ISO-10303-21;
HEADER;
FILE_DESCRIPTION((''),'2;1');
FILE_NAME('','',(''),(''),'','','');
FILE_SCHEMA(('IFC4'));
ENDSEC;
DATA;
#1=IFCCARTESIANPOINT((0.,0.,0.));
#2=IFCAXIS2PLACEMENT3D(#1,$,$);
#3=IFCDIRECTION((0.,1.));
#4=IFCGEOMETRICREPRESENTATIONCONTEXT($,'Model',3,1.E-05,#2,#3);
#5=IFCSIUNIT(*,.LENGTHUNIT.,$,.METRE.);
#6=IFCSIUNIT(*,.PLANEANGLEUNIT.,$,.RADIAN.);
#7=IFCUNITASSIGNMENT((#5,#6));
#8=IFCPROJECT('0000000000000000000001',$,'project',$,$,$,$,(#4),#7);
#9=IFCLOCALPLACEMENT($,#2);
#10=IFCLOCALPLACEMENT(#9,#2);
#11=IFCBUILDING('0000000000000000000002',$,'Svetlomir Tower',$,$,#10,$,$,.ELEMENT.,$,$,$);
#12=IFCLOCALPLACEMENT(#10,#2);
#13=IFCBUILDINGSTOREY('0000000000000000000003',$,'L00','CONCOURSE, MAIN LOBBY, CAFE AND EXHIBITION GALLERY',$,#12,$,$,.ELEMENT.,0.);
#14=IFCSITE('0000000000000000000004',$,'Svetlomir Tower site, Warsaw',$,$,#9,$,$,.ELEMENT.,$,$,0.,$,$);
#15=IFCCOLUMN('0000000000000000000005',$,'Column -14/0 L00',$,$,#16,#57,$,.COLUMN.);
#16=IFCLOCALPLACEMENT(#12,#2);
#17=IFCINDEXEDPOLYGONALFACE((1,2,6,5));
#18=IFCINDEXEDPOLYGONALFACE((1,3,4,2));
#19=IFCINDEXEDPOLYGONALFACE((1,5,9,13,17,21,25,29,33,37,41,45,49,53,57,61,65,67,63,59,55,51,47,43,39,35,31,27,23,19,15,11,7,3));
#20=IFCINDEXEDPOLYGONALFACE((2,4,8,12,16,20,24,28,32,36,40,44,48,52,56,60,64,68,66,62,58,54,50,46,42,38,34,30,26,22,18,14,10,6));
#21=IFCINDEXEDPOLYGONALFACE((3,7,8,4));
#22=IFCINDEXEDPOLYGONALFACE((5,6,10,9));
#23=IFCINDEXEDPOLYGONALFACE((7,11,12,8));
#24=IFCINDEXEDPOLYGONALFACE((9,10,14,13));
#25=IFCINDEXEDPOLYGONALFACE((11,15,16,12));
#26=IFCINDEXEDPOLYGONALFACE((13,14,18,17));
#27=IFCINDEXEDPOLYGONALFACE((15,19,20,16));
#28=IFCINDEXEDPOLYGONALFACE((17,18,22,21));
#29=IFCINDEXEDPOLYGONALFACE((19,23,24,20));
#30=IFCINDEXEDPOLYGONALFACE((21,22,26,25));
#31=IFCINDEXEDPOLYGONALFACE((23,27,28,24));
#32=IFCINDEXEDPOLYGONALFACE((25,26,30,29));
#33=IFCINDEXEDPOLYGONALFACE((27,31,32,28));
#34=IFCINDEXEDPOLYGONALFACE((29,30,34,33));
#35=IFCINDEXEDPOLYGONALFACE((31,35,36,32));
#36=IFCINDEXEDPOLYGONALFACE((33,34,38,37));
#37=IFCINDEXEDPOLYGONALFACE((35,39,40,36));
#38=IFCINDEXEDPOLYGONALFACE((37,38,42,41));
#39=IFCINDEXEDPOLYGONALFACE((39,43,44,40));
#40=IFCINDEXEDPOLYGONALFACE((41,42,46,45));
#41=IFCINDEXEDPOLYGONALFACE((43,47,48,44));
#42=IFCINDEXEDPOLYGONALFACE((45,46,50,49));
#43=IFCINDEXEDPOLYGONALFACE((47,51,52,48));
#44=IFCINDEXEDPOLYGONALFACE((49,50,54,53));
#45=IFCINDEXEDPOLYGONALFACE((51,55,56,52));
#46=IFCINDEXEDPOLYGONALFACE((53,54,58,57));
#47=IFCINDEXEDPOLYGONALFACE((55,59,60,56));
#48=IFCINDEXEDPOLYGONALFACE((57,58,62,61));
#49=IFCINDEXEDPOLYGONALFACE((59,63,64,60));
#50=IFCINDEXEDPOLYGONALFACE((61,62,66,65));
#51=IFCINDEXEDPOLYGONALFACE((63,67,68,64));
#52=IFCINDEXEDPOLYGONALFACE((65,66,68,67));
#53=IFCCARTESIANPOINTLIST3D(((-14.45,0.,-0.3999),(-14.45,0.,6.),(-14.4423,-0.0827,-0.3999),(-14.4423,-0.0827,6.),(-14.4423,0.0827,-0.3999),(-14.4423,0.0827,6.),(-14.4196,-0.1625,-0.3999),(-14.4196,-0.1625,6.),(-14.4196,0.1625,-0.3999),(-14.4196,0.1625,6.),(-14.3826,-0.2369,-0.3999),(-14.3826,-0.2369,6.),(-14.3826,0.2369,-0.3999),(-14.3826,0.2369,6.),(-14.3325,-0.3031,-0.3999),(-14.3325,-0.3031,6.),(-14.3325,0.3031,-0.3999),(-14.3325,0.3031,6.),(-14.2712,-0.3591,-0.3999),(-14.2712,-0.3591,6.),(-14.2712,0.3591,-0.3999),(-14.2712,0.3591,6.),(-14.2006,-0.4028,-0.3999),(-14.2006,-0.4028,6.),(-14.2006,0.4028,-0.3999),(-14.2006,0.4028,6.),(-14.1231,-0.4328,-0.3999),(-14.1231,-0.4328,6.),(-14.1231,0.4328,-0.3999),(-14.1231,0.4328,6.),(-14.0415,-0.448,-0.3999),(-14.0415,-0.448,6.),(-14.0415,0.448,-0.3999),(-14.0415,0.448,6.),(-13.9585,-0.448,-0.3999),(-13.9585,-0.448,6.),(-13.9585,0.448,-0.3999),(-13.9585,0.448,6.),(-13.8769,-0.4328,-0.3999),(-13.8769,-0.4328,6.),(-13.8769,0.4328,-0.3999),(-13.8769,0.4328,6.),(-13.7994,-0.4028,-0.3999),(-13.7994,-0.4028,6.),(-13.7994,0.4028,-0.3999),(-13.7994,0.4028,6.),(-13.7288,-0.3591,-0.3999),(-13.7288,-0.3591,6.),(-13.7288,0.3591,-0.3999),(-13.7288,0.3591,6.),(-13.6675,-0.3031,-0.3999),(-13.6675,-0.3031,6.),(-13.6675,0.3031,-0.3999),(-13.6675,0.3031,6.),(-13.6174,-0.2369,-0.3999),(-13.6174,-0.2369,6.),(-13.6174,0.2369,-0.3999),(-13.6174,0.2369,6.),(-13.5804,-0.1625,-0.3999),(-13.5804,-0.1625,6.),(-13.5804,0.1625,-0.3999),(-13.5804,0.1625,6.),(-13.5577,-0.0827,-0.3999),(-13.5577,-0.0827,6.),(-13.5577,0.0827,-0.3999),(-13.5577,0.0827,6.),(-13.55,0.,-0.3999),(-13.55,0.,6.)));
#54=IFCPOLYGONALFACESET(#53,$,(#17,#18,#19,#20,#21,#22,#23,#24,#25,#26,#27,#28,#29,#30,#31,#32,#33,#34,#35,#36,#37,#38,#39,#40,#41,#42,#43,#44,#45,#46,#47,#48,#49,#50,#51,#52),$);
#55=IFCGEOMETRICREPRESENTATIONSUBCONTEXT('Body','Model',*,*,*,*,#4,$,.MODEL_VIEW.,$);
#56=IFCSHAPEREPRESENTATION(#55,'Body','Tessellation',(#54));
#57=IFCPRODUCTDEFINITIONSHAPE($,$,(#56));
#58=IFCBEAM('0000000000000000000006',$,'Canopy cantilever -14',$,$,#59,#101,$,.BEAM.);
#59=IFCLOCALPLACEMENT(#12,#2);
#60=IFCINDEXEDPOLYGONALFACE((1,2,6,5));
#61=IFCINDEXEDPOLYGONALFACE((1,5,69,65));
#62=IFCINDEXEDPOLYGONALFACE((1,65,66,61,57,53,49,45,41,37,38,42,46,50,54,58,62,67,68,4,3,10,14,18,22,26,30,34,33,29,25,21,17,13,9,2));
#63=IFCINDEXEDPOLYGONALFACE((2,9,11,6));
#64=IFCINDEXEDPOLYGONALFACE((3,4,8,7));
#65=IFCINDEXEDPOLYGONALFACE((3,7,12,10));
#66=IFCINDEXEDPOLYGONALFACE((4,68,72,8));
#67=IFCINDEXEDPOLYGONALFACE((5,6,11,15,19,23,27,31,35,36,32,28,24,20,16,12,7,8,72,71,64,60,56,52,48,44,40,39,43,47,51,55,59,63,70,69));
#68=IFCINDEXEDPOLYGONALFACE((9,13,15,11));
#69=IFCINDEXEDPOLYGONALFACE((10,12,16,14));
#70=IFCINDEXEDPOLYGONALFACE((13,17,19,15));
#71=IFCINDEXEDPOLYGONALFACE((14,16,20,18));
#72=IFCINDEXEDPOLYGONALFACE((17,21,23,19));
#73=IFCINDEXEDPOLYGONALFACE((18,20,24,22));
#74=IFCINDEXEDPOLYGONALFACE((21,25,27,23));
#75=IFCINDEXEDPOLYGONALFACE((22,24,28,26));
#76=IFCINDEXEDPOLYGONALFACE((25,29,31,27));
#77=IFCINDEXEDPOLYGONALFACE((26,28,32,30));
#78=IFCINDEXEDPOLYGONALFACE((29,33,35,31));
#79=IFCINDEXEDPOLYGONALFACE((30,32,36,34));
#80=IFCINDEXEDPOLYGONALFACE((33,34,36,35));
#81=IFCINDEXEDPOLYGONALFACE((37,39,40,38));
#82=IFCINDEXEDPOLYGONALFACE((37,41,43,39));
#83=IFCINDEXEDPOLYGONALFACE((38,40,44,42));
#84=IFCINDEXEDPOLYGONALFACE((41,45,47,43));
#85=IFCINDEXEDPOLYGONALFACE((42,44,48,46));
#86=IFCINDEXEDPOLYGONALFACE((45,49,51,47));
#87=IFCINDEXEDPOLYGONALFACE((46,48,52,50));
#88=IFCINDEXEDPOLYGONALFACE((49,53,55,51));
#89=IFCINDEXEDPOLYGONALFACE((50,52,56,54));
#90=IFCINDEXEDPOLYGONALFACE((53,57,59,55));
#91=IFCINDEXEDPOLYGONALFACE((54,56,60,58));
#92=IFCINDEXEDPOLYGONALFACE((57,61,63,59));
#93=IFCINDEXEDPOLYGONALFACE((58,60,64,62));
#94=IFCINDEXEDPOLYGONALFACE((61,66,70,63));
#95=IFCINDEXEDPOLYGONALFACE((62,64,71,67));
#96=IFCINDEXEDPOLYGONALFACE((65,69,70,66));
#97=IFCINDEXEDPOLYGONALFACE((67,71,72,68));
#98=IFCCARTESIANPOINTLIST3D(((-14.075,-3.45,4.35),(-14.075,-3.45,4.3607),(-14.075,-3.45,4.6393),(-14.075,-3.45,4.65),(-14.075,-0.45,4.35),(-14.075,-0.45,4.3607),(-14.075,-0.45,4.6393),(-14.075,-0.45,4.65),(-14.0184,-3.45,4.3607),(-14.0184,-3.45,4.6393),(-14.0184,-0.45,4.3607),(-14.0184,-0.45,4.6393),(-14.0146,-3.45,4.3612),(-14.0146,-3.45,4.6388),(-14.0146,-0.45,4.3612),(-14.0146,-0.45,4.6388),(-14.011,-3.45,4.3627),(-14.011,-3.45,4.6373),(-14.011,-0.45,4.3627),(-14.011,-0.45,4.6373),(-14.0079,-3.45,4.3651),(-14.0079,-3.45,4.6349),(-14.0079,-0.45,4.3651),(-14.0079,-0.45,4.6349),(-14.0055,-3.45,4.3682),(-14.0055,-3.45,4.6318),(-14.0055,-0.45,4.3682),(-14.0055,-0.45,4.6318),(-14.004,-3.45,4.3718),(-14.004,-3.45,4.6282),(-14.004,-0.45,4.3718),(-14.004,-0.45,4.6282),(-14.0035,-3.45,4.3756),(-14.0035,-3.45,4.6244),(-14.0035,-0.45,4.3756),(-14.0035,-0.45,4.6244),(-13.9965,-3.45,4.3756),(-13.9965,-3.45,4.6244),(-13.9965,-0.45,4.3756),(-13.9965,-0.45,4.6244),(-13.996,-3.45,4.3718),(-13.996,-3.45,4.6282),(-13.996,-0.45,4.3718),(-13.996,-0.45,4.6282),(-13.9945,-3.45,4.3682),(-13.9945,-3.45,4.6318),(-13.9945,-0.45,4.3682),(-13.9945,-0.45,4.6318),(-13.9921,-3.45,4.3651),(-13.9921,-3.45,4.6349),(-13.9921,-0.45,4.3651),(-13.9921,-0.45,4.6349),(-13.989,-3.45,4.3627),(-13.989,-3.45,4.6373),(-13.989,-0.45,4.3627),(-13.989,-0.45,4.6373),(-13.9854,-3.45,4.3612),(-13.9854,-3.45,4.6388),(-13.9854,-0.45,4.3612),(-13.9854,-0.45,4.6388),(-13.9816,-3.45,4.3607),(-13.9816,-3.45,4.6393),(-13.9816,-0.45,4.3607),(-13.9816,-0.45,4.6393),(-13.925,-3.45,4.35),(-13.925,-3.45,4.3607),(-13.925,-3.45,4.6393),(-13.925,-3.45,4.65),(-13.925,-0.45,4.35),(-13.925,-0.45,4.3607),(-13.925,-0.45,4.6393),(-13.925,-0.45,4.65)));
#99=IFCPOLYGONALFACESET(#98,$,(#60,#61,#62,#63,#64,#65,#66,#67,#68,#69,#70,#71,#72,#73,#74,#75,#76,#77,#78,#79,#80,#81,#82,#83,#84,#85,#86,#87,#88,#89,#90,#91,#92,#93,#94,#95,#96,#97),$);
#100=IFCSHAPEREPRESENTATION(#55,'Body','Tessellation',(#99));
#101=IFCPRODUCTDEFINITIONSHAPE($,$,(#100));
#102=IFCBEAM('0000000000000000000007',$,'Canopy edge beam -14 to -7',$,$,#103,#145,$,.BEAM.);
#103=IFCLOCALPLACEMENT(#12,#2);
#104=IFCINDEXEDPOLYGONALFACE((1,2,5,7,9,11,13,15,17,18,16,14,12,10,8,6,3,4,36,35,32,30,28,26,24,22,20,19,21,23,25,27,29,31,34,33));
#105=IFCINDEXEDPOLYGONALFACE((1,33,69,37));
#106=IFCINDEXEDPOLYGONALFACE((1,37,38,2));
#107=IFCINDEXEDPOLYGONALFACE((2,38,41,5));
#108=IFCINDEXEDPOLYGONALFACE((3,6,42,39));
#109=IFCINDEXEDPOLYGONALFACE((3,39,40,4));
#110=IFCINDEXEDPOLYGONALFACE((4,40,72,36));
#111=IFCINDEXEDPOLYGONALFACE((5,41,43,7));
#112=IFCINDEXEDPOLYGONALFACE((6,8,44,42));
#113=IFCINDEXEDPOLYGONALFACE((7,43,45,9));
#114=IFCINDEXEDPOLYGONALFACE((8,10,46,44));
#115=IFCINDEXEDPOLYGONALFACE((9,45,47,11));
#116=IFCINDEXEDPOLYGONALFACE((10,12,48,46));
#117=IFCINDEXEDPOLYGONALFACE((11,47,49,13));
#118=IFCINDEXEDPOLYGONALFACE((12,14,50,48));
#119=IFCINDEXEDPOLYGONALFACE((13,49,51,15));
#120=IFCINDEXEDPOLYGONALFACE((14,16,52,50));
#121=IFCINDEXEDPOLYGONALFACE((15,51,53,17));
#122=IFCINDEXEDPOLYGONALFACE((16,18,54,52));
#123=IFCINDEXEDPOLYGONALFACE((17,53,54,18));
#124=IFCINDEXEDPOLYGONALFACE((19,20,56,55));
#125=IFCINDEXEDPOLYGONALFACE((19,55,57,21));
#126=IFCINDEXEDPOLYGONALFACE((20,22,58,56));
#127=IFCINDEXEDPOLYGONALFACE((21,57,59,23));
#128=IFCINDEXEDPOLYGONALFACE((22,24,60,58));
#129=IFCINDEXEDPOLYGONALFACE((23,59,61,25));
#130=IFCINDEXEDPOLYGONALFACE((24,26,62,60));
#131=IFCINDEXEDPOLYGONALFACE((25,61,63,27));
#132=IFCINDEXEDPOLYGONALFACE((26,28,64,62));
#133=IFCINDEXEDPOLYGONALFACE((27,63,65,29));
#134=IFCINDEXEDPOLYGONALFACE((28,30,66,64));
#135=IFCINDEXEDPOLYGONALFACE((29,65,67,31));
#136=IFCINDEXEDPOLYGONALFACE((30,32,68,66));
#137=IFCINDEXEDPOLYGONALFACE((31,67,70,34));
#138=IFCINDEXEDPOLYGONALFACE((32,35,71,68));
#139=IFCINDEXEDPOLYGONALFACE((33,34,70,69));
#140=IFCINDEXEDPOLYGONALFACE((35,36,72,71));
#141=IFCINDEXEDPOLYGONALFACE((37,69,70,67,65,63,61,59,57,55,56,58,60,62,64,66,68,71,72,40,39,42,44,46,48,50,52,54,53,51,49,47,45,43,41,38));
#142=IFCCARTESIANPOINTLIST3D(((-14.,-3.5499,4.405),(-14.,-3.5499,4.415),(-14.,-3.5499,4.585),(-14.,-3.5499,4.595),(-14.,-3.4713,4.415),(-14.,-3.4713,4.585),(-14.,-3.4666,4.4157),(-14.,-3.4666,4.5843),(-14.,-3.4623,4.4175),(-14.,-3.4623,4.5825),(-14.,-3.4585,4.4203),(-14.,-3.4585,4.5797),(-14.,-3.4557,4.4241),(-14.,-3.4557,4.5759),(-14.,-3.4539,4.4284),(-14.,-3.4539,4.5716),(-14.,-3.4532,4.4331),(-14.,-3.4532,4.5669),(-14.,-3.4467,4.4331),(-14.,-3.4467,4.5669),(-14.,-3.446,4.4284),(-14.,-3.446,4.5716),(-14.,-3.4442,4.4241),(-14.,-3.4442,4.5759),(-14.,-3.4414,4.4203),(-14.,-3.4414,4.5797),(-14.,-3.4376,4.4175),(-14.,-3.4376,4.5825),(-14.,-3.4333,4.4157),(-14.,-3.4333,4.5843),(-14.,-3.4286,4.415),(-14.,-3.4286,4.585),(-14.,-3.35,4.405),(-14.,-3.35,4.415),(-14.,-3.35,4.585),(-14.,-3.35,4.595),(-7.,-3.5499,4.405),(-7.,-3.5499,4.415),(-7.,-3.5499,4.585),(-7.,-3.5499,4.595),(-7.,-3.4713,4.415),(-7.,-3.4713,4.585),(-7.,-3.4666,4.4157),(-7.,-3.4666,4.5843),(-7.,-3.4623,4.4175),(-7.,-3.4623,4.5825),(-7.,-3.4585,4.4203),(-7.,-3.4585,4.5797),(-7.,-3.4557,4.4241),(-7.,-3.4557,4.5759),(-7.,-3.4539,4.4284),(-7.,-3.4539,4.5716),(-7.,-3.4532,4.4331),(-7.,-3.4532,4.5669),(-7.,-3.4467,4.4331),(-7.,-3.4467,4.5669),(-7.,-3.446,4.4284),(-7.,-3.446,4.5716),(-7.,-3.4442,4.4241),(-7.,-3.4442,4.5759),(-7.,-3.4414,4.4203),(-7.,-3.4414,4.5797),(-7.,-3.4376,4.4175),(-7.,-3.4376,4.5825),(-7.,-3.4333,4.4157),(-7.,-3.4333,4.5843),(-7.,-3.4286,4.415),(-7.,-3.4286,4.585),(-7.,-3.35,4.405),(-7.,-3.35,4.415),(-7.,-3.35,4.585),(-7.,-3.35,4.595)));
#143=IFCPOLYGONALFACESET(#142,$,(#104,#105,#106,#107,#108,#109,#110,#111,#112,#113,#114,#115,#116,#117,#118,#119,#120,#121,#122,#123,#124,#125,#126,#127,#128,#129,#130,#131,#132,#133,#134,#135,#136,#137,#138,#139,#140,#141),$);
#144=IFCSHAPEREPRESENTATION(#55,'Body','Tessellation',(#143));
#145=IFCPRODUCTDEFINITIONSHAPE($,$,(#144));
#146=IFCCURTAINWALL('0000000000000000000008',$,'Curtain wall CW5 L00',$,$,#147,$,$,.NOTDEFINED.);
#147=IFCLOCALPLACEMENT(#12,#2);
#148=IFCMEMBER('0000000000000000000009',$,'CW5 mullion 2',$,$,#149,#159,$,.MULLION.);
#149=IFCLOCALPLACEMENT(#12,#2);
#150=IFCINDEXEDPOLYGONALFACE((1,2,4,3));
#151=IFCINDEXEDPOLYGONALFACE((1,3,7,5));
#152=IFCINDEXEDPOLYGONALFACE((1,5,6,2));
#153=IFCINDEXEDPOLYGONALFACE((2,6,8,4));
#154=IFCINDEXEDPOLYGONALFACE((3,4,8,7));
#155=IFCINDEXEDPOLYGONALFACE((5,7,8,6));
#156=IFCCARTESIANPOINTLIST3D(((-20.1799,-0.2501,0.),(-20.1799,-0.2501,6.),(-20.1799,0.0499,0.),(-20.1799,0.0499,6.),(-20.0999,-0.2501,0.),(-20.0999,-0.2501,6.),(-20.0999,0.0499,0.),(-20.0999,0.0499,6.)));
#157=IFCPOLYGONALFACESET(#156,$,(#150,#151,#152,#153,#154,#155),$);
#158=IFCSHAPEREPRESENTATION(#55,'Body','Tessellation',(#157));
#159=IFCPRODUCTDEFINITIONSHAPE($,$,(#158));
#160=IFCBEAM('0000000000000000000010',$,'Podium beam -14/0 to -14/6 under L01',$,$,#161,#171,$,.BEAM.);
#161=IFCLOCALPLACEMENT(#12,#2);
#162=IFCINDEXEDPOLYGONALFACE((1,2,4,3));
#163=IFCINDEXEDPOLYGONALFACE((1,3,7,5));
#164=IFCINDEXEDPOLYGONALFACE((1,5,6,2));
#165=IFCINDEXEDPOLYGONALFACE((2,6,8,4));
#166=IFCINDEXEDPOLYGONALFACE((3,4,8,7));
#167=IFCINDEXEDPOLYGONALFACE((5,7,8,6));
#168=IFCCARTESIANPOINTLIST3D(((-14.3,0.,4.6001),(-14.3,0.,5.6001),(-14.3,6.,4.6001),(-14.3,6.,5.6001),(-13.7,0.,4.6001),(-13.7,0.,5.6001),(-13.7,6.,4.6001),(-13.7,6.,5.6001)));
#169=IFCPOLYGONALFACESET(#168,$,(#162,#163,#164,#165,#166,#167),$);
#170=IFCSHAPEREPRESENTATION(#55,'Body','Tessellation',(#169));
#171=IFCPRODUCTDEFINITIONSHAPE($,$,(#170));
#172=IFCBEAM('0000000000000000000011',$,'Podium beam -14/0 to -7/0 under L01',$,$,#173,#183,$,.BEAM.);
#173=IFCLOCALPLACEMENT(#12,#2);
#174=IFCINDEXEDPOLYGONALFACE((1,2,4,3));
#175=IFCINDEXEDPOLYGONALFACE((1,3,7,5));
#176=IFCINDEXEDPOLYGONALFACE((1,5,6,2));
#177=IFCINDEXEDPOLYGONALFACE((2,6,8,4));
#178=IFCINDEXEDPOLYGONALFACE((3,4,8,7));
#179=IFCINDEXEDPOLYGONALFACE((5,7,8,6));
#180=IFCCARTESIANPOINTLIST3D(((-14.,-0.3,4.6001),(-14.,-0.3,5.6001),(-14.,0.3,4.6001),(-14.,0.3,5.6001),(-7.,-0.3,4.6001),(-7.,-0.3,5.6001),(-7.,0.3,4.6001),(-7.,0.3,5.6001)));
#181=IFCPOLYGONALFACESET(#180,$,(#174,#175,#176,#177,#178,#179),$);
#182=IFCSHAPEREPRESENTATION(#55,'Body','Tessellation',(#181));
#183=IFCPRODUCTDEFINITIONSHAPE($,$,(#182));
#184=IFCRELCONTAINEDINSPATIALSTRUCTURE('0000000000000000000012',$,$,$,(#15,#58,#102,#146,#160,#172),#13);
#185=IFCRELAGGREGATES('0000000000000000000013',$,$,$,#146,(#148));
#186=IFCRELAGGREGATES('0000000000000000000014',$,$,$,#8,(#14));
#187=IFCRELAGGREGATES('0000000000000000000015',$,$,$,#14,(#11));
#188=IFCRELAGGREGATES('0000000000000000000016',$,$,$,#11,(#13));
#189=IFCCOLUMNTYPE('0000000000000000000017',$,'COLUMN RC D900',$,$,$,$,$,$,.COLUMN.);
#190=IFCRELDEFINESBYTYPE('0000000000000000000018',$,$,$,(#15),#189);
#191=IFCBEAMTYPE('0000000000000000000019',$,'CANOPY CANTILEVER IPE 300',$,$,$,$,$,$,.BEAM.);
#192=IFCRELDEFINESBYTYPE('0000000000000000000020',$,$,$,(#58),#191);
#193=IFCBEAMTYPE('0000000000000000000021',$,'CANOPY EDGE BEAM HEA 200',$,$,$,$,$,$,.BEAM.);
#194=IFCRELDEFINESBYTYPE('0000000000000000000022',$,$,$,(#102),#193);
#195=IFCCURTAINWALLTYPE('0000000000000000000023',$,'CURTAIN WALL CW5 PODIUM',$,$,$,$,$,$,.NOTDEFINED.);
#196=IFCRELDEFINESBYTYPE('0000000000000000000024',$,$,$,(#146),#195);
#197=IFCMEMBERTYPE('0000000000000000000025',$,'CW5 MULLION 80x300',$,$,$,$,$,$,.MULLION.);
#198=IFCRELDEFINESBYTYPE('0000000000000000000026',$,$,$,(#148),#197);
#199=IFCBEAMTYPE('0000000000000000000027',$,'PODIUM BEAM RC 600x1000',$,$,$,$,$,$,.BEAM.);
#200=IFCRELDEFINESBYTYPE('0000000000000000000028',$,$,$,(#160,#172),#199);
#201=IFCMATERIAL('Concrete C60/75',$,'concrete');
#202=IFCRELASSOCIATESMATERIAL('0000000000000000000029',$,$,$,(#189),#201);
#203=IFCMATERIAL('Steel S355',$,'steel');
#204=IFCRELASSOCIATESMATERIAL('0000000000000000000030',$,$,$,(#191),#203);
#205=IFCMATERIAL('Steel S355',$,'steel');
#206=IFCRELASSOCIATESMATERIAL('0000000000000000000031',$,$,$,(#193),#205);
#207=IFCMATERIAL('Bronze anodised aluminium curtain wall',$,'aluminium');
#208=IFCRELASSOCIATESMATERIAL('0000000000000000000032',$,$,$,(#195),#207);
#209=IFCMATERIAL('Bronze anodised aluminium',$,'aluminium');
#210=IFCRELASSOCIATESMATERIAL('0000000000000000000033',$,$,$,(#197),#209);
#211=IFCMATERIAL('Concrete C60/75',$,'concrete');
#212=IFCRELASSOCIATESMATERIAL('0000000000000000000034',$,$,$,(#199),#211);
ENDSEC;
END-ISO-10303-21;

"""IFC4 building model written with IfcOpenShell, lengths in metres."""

from ifc_helpers import new_model, si_unit, direction, frame, origin, origin_2d, place, context, subcontext, project, spatial, rectangle, circle, i_section, extrude, material, material_profile, profile_set, type_object, element, aggregate, save


model = new_model("IFC4")

# Units and contexts
model_context = context("Model", 3, precision=1e-05, world=origin(), true_north=direction((0.0, 1.0)))
body_context = subcontext(model_context, "Body", "Model", "MODEL_VIEW")
ifc_project = project(units=[si_unit("LENGTHUNIT", "METRE"), si_unit("PLANEANGLEUNIT", "RADIAN")], contexts=[model_context])

# Site, building, storey
site_placement = place(None, origin())
site = spatial("IfcSite", under=ifc_project, at=site_placement, Name="Svetlomir Tower site, Warsaw", CompositionType="ELEMENT", RefElevation=0.0)
building_placement = place(site_placement, origin())
building = spatial("IfcBuilding", under=site, at=building_placement, Name="Svetlomir Tower", CompositionType="ELEMENT")
storey_placement = place(building_placement, origin())
storey = spatial("IfcBuildingStorey", under=building, at=storey_placement, Name="L00", Description="CONCOURSE, MAIN LOBBY, CAFE AND EXHIBITION GALLERY", CompositionType="ELEMENT", Elevation=0.0)

# Column
ifc_material_1 = material(Name="Concrete C60/75", Category="concrete")
ifc_material_profile_1 = material_profile(ifc_material_1, circle(Radius=0.45, at=origin_2d()), Name="RC D900")
ifc_profile_set_1 = profile_set([ifc_material_profile_1], Name="Concrete C60/75")
column_type = type_object("IfcColumnType", Name="COLUMN RC D900", PredefinedType="COLUMN", material=ifc_profile_set_1)
column_placement = place(storey_placement, frame((-14.0, 0.0, -0.3999), z_axis=(0.0, 0.0, 1.0), x_axis=(1.0, 0.0, 0.0)))
element("IfcColumn", 1, at=column_placement, inside=storey, type_object=column_type, Name="Column -14/0 L00", PredefinedType="COLUMN", context=body_context, shape_type="SweptSolid", body=[
    extrude(circle(Radius=0.45, at=origin_2d()), origin(), (0.0, 0.0, 1.0), 6.3999),
])

# Beams
ifc_material_2 = material(Name="Steel S355", Category="steel")
ifc_material_profile_2 = material_profile(ifc_material_2, i_section(OverallWidth=0.1499, OverallDepth=0.3, WebThickness=0.0071, FlangeThickness=0.0107, FilletRadius=0.0149, at=origin_2d()), Name="IPE 300")
ifc_profile_set_2 = profile_set([ifc_material_profile_2], Name="Steel S355")
beam_type_1 = type_object("IfcBeamType", Name="CANOPY CANTILEVER IPE 300", PredefinedType="BEAM", material=ifc_profile_set_2)
beam_1_placement = place(storey_placement, frame((-14.0, -0.45, 4.5), z_axis=(0.0, -1.0, 0.0), x_axis=(1.0, 0.0, 0.0)))
element("IfcBeam", 2, at=beam_1_placement, inside=storey, type_object=beam_type_1, Name="Canopy cantilever -14", PredefinedType="BEAM", context=body_context, shape_type="SweptSolid", body=[
    extrude(i_section(OverallWidth=0.1499, OverallDepth=0.3, WebThickness=0.0071, FlangeThickness=0.0107, FilletRadius=0.0149, at=origin_2d()), origin(), (0.0, 0.0, 1.0), 3.0),
])
ifc_material_3 = material(Name="Steel S355", Category="steel")
ifc_material_profile_3 = material_profile(ifc_material_3, i_section(OverallWidth=0.2, OverallDepth=0.1899, WebThickness=0.0066, FlangeThickness=0.01, FilletRadius=0.0181, at=origin_2d()), Name="HEA 200")
ifc_profile_set_3 = profile_set([ifc_material_profile_3], Name="Steel S355")
beam_type_2 = type_object("IfcBeamType", Name="CANOPY EDGE BEAM HEA 200", PredefinedType="BEAM", material=ifc_profile_set_3)
beam_2_placement = place(storey_placement, frame((-14.0, -3.45, 4.5), z_axis=(1.0, 0.0, 0.0), x_axis=(0.0, 1.0, 0.0)))
element("IfcBeam", 3, at=beam_2_placement, inside=storey, type_object=beam_type_2, Name="Canopy edge beam -14 to -7", PredefinedType="BEAM", context=body_context, shape_type="SweptSolid", body=[
    extrude(i_section(OverallWidth=0.2, OverallDepth=0.1899, WebThickness=0.0066, FlangeThickness=0.01, FilletRadius=0.0181, at=origin_2d()), origin(), (0.0, 0.0, 1.0), 7.0),
])

# Curtain wall, member
ifc_material_4 = material(Name="Bronze anodised aluminium curtain wall", Category="aluminium")
curtain_wall_type = type_object("IfcCurtainWallType", Name="CURTAIN WALL CW5 PODIUM", PredefinedType="NOTDEFINED", material=ifc_material_4)
curtain_wall_placement = place(storey_placement, origin())
curtain_wall = element("IfcCurtainWall", 4, at=curtain_wall_placement, inside=storey, type_object=curtain_wall_type, Name="Curtain wall CW5 L00", PredefinedType="NOTDEFINED")
ifc_material_5 = material(Name="Bronze anodised aluminium", Category="aluminium")
ifc_material_profile_4 = material_profile(ifc_material_5, rectangle(XDim=0.0801, YDim=0.3, at=origin_2d()), Name="AL 80x300")
ifc_profile_set_4 = profile_set([ifc_material_profile_4], Name="Bronze anodised aluminium 6063-T6")
member_type = type_object("IfcMemberType", Name="CW5 MULLION 80x300", PredefinedType="MULLION", material=ifc_profile_set_4)
member_placement = place(storey_placement, frame((-20.1399, -0.1001, 0.0), z_axis=(0.0, 0.0, 1.0), x_axis=(1.0, 0.0, 0.0)))
member = element("IfcMember", 5, at=member_placement, type_object=member_type, Name="CW5 mullion 2", PredefinedType="MULLION", context=body_context, shape_type="SweptSolid", body=[
    extrude(rectangle(XDim=0.0801, YDim=0.3, at=origin_2d()), origin(), (0.0, 0.0, 1.0), 6.0),
])

# Beams
ifc_material_6 = material(Name="Concrete C60/75", Category="concrete")
ifc_material_profile_5 = material_profile(ifc_material_6, rectangle(XDim=0.6001, YDim=1.0, at=origin_2d()), Name="RC 600x1000")
ifc_profile_set_5 = profile_set([ifc_material_profile_5], Name="Concrete C60/75")
beam_type_3 = type_object("IfcBeamType", Name="PODIUM BEAM RC 600x1000", PredefinedType="BEAM", material=ifc_profile_set_5)
beam_3_placement = place(storey_placement, frame((-14.0, 0.0, 5.1001), z_axis=(0.0, 1.0, 0.0), x_axis=(-1.0, 0.0, 0.0)))
element("IfcBeam", 6, at=beam_3_placement, inside=storey, type_object=beam_type_3, Name="Podium beam -14/0 to -14/6 under L01", PredefinedType="BEAM", context=body_context, shape_type="SweptSolid", body=[
    extrude(rectangle(XDim=0.6001, YDim=1.0, at=origin_2d()), origin(), (0.0, 0.0, 1.0), 6.0),
])
beam_4_placement = place(storey_placement, frame((-14.0, 0.0, 5.1001), z_axis=(1.0, 0.0, 0.0), x_axis=(0.0, 1.0, 0.0)))
element("IfcBeam", 7, at=beam_4_placement, inside=storey, type_object=beam_type_3, Name="Podium beam -14/0 to -7/0 under L01", PredefinedType="BEAM", context=body_context, shape_type="SweptSolid", body=[
    extrude(rectangle(XDim=0.6001, YDim=1.0, at=origin_2d()), origin(), (0.0, 0.0, 1.0), 7.0),
])

aggregate(curtain_wall, [member])

save(model, "model.ifc")
